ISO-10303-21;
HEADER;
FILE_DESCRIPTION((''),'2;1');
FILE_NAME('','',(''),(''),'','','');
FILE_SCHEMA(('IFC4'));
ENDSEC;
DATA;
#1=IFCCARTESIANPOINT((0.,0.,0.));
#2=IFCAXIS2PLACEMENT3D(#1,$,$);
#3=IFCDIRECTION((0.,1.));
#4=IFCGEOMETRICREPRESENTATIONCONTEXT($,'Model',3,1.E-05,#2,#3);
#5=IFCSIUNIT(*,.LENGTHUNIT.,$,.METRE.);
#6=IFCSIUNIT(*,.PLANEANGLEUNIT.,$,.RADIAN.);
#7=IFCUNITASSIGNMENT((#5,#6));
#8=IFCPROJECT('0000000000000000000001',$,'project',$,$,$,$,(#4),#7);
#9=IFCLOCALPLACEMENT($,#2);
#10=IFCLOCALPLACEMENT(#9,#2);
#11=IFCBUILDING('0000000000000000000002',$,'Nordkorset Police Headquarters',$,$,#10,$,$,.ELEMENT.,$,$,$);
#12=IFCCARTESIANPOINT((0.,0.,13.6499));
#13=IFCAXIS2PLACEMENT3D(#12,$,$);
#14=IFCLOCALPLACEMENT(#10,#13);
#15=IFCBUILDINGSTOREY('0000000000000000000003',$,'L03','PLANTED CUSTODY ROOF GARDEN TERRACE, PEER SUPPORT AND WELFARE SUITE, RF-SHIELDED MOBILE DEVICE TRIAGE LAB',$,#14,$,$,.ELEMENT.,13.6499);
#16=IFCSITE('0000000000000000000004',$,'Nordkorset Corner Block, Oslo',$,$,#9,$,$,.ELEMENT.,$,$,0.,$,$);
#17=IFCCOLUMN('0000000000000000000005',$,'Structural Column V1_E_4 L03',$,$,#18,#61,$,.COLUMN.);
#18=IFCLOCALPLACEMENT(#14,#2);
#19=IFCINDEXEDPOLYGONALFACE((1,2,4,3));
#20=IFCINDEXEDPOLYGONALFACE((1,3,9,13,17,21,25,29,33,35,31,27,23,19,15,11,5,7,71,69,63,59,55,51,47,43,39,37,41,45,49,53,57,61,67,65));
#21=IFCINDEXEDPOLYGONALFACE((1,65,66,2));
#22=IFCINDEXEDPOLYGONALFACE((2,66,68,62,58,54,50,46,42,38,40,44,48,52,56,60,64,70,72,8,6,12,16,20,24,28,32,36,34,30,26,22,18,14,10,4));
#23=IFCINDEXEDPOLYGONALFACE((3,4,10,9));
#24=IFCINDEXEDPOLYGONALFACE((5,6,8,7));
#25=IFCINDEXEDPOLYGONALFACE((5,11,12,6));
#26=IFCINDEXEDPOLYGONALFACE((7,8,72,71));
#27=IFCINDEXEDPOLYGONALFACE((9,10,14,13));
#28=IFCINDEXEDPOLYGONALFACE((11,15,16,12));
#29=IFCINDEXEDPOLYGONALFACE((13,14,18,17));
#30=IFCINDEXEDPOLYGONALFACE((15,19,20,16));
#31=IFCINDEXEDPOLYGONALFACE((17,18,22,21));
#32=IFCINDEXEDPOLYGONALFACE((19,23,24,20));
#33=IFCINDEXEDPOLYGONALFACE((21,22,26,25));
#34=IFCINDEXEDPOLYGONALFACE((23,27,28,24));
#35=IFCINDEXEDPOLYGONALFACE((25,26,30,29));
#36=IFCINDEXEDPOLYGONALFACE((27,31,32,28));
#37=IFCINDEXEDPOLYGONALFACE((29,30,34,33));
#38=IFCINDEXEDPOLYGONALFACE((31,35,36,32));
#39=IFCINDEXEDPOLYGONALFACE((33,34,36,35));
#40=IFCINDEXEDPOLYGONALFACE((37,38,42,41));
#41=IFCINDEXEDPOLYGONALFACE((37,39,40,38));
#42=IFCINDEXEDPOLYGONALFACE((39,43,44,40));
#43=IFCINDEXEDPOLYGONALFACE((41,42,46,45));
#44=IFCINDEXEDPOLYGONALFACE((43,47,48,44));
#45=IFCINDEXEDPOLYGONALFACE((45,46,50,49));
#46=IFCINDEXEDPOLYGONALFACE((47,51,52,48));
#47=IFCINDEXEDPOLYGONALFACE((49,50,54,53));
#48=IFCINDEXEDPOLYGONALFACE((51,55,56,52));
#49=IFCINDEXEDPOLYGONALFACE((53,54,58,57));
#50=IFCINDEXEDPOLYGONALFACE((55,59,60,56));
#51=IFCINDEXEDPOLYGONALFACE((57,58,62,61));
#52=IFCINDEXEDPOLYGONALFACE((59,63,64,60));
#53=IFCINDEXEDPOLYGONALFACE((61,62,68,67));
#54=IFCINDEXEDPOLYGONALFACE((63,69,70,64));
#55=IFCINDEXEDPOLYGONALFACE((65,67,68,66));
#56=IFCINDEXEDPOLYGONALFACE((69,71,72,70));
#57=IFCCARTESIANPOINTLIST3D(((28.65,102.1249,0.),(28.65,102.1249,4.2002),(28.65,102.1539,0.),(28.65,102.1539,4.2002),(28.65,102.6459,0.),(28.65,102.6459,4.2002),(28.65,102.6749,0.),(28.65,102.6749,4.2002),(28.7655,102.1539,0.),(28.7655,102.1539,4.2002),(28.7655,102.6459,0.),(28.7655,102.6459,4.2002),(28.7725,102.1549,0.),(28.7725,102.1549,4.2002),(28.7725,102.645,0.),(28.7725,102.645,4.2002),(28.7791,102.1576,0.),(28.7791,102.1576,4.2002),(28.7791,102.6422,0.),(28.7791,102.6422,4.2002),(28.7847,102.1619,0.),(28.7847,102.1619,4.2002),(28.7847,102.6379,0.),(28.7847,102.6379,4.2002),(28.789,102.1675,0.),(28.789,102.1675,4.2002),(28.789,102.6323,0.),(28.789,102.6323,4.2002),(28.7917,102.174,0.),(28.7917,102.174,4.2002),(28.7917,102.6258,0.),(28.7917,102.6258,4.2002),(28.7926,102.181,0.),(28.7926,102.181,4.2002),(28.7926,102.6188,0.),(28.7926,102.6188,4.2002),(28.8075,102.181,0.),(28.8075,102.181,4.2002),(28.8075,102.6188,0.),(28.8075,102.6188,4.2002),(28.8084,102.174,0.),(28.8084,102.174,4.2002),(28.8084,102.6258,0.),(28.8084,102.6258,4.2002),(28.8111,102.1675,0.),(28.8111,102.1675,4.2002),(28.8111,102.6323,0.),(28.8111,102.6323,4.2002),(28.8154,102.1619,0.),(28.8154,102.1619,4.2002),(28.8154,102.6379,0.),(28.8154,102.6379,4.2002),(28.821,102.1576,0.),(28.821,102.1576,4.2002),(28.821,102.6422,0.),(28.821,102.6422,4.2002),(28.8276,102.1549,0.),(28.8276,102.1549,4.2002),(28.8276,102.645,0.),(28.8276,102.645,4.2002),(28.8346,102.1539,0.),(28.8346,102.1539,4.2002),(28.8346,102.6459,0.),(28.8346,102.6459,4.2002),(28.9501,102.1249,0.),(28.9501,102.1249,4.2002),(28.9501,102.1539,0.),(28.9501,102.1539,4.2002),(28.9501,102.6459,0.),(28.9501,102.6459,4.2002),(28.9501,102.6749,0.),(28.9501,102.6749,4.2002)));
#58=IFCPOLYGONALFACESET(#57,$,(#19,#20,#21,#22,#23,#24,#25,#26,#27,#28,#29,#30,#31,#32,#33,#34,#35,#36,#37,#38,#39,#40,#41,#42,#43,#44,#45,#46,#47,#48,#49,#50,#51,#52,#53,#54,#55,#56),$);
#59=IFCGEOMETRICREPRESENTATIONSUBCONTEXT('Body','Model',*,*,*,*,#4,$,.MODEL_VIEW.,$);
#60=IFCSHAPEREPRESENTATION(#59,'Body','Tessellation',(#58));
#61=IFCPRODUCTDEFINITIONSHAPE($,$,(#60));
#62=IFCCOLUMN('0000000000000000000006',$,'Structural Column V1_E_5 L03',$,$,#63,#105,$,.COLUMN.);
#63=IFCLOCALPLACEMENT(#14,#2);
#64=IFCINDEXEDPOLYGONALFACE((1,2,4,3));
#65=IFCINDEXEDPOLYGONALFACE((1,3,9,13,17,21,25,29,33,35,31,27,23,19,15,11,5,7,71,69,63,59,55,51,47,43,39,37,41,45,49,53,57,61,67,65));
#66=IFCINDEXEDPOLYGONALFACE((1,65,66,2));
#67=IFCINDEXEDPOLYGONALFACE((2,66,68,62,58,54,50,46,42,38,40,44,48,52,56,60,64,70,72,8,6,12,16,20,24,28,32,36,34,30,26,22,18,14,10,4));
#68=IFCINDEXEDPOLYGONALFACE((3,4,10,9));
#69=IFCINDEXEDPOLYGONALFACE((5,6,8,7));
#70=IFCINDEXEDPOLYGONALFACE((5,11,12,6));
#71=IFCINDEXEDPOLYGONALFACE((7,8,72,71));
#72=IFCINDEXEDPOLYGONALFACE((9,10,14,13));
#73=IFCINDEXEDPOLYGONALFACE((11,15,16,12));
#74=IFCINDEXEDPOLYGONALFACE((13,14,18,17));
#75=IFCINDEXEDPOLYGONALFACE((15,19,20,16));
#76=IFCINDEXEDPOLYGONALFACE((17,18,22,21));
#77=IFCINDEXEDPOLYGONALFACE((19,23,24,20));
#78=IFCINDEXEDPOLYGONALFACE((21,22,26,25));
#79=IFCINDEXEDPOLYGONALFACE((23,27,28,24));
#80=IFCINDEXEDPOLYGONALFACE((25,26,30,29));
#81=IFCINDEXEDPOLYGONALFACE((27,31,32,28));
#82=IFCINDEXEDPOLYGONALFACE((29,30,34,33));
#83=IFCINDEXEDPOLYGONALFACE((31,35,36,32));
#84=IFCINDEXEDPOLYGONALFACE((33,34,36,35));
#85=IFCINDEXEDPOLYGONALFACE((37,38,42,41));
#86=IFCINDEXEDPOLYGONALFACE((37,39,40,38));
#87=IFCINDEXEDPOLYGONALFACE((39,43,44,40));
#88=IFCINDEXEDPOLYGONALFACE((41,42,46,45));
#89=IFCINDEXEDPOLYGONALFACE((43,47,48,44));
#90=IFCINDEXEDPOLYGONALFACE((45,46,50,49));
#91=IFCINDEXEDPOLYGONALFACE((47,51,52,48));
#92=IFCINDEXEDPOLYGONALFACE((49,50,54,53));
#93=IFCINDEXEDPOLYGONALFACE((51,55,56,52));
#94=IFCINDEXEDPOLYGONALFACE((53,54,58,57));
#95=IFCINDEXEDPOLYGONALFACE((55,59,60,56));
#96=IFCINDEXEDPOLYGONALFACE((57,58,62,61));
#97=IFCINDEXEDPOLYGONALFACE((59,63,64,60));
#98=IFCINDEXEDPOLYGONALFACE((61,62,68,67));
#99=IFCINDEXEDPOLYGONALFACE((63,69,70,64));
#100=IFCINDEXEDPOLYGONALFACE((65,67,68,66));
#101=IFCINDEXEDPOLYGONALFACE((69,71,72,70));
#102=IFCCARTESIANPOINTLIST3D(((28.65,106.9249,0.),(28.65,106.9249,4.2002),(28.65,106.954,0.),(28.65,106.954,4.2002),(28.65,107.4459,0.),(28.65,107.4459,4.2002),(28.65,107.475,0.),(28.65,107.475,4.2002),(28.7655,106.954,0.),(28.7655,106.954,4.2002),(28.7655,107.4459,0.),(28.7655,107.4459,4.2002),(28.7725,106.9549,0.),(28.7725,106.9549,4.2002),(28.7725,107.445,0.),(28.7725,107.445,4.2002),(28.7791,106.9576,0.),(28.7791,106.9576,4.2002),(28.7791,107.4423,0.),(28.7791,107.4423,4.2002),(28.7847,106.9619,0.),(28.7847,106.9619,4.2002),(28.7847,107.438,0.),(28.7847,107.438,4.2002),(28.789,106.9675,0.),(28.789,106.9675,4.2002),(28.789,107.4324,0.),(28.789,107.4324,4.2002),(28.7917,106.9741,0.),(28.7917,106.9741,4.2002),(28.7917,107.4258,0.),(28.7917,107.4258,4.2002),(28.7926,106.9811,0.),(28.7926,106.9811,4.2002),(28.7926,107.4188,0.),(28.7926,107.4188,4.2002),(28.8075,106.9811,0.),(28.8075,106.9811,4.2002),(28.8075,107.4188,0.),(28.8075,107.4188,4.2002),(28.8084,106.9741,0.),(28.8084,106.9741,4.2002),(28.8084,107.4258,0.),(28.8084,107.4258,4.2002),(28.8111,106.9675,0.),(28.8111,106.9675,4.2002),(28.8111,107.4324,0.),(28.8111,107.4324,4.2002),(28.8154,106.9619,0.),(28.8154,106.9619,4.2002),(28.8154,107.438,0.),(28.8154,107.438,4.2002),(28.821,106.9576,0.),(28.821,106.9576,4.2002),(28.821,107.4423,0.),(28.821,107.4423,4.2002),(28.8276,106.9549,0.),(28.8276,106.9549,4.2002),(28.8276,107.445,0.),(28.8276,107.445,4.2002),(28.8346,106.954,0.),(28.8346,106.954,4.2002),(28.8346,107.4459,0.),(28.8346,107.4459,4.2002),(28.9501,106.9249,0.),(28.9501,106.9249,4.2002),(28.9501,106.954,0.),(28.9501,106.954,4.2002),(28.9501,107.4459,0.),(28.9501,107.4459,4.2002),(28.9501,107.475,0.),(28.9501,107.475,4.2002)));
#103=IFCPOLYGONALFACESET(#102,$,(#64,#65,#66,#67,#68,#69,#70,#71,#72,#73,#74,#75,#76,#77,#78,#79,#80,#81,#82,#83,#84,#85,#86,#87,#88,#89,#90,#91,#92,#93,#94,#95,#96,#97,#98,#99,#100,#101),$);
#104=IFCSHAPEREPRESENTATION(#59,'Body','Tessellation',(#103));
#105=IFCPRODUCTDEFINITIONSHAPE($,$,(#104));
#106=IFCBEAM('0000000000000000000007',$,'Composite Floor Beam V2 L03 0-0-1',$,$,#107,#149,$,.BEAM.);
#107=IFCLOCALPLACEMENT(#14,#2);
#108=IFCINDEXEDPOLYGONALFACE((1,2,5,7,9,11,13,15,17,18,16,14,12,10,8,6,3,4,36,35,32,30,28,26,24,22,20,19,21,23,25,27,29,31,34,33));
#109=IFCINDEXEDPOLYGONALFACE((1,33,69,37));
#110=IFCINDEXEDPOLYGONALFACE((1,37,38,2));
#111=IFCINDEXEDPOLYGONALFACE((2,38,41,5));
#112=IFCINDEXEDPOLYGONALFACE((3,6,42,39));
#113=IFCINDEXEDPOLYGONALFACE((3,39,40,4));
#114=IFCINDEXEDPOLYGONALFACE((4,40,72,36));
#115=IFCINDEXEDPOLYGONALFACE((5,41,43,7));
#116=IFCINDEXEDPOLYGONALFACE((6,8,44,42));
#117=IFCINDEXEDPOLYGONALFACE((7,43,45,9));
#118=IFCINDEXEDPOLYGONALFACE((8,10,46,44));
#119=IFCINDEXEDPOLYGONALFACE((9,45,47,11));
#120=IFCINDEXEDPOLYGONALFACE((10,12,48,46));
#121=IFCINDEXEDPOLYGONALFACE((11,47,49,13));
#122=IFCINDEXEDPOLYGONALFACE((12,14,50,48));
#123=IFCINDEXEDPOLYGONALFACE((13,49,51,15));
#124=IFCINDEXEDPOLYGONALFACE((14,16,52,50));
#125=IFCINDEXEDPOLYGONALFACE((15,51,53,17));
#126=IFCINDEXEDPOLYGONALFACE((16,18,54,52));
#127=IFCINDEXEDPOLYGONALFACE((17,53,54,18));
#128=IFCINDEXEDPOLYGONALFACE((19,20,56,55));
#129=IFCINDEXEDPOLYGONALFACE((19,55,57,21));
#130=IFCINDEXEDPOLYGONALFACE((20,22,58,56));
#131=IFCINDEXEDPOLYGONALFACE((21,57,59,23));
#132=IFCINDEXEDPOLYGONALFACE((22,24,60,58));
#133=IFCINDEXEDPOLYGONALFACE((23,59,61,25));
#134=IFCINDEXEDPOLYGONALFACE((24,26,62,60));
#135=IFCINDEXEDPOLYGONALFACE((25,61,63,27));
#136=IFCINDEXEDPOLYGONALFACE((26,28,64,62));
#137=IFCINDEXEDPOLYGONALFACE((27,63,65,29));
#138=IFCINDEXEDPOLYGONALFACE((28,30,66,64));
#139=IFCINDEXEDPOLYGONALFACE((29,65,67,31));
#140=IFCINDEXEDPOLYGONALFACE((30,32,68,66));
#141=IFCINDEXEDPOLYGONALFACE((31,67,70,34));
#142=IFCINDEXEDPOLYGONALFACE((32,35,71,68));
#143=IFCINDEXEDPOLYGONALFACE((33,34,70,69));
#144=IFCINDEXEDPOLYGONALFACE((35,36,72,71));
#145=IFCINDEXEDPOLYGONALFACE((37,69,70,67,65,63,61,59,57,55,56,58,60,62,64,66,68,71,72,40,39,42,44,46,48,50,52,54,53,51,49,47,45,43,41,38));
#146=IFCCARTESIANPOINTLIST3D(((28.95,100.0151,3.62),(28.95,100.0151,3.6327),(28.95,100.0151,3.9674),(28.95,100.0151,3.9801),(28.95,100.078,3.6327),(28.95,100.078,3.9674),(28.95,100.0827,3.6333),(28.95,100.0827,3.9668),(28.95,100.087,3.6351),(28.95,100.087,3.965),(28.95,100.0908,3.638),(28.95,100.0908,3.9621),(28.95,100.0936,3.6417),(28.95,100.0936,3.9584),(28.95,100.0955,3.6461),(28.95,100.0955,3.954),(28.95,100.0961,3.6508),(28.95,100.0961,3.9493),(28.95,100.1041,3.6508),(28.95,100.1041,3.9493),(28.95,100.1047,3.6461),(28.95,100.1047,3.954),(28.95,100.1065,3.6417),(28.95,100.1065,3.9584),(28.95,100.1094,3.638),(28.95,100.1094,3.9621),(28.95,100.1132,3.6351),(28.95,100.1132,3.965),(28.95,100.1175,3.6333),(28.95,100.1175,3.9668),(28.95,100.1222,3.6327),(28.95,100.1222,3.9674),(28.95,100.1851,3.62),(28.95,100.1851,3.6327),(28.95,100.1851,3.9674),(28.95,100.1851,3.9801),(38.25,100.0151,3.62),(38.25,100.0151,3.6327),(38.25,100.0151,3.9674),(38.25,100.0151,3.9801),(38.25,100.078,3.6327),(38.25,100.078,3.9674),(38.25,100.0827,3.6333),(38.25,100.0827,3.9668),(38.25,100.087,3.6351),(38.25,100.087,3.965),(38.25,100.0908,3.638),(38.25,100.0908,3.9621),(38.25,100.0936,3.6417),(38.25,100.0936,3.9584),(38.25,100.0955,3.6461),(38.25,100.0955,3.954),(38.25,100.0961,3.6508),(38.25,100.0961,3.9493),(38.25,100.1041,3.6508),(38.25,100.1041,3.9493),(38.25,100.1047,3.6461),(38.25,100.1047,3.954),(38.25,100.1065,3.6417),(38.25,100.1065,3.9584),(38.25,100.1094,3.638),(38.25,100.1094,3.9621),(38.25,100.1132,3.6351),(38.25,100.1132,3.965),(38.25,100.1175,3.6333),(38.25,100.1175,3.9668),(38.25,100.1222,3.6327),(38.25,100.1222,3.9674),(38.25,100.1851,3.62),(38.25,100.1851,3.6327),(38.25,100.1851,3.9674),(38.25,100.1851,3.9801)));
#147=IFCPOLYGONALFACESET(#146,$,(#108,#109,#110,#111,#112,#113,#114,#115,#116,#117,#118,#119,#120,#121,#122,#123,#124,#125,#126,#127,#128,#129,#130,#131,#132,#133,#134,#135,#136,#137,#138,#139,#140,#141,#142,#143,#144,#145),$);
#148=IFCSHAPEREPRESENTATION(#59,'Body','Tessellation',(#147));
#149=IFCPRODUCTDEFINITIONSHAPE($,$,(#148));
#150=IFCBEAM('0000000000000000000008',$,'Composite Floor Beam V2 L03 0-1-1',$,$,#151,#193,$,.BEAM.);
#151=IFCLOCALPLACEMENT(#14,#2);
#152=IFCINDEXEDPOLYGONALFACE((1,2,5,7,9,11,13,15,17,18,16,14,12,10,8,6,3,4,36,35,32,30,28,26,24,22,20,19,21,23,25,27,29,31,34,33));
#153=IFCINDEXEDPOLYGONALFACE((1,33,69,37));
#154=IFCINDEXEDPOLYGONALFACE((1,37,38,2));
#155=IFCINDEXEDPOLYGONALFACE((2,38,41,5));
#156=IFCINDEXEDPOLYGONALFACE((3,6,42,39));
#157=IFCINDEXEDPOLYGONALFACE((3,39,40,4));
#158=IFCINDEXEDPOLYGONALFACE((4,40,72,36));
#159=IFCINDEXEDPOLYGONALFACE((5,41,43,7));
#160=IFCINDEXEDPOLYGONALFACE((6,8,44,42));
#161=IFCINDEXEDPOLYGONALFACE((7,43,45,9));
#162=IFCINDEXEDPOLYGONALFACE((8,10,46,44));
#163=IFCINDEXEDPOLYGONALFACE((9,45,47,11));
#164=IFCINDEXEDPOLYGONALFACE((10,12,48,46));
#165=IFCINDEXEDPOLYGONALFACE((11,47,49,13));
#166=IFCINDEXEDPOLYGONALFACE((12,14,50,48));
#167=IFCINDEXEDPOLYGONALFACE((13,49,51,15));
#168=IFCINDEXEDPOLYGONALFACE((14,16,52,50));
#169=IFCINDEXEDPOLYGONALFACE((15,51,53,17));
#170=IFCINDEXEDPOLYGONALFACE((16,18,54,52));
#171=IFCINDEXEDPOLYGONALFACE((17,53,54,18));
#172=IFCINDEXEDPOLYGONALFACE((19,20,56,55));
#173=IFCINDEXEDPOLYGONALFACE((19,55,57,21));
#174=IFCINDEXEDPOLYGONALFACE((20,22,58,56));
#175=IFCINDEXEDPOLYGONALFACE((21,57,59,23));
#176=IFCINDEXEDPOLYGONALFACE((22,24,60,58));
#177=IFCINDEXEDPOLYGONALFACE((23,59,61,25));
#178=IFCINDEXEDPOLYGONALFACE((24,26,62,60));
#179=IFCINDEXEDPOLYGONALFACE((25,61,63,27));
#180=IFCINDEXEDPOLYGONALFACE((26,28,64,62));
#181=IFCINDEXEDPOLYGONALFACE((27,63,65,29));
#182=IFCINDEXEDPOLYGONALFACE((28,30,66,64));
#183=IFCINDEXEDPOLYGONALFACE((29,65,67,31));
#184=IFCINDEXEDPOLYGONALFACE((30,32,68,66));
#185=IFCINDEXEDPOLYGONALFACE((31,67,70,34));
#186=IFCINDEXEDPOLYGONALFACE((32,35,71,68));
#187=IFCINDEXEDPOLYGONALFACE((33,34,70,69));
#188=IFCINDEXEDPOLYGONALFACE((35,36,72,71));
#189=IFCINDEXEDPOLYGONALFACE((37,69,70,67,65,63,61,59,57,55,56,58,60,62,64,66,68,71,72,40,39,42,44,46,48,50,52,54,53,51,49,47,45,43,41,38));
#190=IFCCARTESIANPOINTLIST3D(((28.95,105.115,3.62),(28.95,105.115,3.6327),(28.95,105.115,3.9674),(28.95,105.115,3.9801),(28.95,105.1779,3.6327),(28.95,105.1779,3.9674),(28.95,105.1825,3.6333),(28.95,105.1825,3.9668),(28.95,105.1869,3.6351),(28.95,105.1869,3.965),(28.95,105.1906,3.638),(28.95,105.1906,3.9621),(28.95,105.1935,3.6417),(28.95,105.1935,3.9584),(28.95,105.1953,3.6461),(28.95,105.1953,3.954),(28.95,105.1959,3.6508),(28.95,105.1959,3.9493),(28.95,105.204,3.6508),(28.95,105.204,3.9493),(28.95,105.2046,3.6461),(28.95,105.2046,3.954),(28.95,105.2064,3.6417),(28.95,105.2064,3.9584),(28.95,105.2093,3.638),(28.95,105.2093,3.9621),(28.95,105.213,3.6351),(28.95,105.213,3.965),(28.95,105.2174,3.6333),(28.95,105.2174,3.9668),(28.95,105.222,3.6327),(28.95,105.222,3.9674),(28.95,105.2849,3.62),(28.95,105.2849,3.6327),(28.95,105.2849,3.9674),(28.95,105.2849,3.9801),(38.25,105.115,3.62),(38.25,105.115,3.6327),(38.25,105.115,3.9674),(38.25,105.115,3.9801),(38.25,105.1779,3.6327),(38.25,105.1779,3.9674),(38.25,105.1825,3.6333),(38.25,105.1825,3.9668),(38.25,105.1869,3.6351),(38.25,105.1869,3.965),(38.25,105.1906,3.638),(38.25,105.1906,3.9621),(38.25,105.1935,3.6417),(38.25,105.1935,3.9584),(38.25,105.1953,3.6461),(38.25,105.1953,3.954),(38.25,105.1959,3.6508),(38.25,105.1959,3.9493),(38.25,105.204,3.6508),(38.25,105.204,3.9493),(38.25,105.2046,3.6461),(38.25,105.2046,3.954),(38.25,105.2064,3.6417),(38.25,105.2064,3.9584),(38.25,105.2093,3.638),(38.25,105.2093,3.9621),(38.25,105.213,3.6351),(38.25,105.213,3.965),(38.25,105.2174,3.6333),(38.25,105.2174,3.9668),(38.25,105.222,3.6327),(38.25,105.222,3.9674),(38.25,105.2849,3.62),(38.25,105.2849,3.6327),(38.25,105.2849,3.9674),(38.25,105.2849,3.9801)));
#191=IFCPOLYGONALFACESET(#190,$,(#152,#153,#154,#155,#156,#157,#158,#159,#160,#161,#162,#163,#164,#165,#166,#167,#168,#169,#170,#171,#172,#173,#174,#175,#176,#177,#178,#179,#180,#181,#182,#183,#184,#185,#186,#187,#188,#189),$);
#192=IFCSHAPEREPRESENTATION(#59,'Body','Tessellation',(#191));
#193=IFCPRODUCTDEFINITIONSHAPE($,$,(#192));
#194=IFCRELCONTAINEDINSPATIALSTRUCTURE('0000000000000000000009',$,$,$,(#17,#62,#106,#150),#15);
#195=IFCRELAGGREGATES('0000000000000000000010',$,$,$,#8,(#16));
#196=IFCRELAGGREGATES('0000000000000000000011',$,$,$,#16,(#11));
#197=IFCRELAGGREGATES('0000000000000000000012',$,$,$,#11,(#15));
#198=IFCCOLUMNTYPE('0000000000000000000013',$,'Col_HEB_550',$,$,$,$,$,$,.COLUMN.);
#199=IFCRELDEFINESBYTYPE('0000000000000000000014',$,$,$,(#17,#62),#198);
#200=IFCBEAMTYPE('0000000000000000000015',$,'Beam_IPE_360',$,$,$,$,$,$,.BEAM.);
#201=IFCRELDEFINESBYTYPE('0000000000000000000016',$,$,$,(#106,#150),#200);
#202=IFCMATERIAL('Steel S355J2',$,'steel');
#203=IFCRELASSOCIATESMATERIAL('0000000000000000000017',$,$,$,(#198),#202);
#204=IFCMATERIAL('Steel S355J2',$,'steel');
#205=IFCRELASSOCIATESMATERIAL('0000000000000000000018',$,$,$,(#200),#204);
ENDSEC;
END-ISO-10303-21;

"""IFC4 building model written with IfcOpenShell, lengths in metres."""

from ifc_helpers import new_model, si_unit, direction, frame, origin, origin_2d, place, context, subcontext, project, spatial, i_section, extrude, material, material_profile, profile_set, type_object, element, save


model = new_model("IFC4")

# Units and contexts
model_context = context("Model", 3, precision=1e-05, world=origin(), true_north=direction((0.0, 1.0)))
body_context = subcontext(model_context, "Body", "Model", "MODEL_VIEW")
ifc_project = project(units=[si_unit("LENGTHUNIT", "METRE"), si_unit("PLANEANGLEUNIT", "RADIAN")], contexts=[model_context])

# Site, building, storey
site_placement = place(None, origin())
site = spatial("IfcSite", under=ifc_project, at=site_placement, Name="Nordkorset Corner Block, Oslo", CompositionType="ELEMENT", RefElevation=0.0)
building_placement = place(site_placement, origin())
building = spatial("IfcBuilding", under=site, at=building_placement, Name="Nordkorset Police Headquarters", CompositionType="ELEMENT")
storey_placement = place(building_placement, frame((0.0, 0.0, 13.6499)))
storey = spatial("IfcBuildingStorey", under=building, at=storey_placement, Name="L03", Description="PLANTED CUSTODY ROOF GARDEN TERRACE, PEER SUPPORT AND WELFARE SUITE, RF-SHIELDED MOBILE DEVICE TRIAGE LAB", CompositionType="ELEMENT", Elevation=13.6499)

# Columns
ifc_material_1 = material(Name="Steel S355J2", Category="steel")
ifc_material_profile_1 = material_profile(ifc_material_1, i_section(OverallWidth=0.3, OverallDepth=0.55, WebThickness=0.0149, FlangeThickness=0.0291, FilletRadius=0.0271, at=origin_2d()), Name="HEB 550")
ifc_profile_set_1 = profile_set([ifc_material_profile_1], Name="Steel S355J2")
column_type = type_object("IfcColumnType", Name="Col_HEB_550", PredefinedType="COLUMN", material=ifc_profile_set_1)
for number, where, z_axis, x_axis, name in (
    (1, (28.8, 102.3999, 0.0), (0.0, 0.0, 1.0), (1.0, 0.0, 0.0), "Structural Column V1_E_4 L03"),
    (2, (28.8, 107.2, 0.0), (0.0, 0.0, 1.0), (1.0, 0.0, 0.0), "Structural Column V1_E_5 L03"),
):
    element("IfcColumn", number, at=place(storey_placement, frame(where, z_axis=z_axis, x_axis=x_axis)), inside=storey, type_object=column_type, Name=name, PredefinedType="COLUMN", context=body_context, shape_type="SweptSolid", body=[
        extrude(i_section(OverallWidth=0.3, OverallDepth=0.55, WebThickness=0.0149, FlangeThickness=0.0291, FilletRadius=0.0271, at=origin_2d()), origin(), (0.0, 0.0, 1.0), 4.2002),
    ])

# Beams
ifc_material_2 = material(Name="Steel S355J2", Category="steel")
ifc_material_profile_2 = material_profile(ifc_material_2, i_section(OverallWidth=0.1699, OverallDepth=0.3601, WebThickness=0.0081, FlangeThickness=0.0127, FilletRadius=0.0181, at=origin_2d()), Name="IPE 360")
ifc_profile_set_2 = profile_set([ifc_material_profile_2], Name="Steel S355J2")
beam_type_1 = type_object("IfcBeamType", Name="Beam_IPE_360", PredefinedType="BEAM", material=ifc_profile_set_2)
for number, where, z_axis, x_axis, name in (
    (3, (28.95, 100.1001, 3.8), (1.0, 0.0, 0.0), (0.0, 1.0, 0.0), "Composite Floor Beam V2 L03 0-0-1"),
    (4, (28.95, 105.2, 3.8), (1.0, 0.0, 0.0), (0.0, 1.0, 0.0), "Composite Floor Beam V2 L03 0-1-1"),
):
    element("IfcBeam", number, at=place(storey_placement, frame(where, z_axis=z_axis, x_axis=x_axis)), inside=storey, type_object=beam_type_1, Name=name, PredefinedType="BEAM", context=body_context, shape_type="SweptSolid", body=[
        extrude(i_section(OverallWidth=0.1699, OverallDepth=0.3601, WebThickness=0.0081, FlangeThickness=0.0127, FilletRadius=0.0181, at=origin_2d()), origin(), (0.0, 0.0, 1.0), 9.3),
    ])

save(model, "model.ifc")
